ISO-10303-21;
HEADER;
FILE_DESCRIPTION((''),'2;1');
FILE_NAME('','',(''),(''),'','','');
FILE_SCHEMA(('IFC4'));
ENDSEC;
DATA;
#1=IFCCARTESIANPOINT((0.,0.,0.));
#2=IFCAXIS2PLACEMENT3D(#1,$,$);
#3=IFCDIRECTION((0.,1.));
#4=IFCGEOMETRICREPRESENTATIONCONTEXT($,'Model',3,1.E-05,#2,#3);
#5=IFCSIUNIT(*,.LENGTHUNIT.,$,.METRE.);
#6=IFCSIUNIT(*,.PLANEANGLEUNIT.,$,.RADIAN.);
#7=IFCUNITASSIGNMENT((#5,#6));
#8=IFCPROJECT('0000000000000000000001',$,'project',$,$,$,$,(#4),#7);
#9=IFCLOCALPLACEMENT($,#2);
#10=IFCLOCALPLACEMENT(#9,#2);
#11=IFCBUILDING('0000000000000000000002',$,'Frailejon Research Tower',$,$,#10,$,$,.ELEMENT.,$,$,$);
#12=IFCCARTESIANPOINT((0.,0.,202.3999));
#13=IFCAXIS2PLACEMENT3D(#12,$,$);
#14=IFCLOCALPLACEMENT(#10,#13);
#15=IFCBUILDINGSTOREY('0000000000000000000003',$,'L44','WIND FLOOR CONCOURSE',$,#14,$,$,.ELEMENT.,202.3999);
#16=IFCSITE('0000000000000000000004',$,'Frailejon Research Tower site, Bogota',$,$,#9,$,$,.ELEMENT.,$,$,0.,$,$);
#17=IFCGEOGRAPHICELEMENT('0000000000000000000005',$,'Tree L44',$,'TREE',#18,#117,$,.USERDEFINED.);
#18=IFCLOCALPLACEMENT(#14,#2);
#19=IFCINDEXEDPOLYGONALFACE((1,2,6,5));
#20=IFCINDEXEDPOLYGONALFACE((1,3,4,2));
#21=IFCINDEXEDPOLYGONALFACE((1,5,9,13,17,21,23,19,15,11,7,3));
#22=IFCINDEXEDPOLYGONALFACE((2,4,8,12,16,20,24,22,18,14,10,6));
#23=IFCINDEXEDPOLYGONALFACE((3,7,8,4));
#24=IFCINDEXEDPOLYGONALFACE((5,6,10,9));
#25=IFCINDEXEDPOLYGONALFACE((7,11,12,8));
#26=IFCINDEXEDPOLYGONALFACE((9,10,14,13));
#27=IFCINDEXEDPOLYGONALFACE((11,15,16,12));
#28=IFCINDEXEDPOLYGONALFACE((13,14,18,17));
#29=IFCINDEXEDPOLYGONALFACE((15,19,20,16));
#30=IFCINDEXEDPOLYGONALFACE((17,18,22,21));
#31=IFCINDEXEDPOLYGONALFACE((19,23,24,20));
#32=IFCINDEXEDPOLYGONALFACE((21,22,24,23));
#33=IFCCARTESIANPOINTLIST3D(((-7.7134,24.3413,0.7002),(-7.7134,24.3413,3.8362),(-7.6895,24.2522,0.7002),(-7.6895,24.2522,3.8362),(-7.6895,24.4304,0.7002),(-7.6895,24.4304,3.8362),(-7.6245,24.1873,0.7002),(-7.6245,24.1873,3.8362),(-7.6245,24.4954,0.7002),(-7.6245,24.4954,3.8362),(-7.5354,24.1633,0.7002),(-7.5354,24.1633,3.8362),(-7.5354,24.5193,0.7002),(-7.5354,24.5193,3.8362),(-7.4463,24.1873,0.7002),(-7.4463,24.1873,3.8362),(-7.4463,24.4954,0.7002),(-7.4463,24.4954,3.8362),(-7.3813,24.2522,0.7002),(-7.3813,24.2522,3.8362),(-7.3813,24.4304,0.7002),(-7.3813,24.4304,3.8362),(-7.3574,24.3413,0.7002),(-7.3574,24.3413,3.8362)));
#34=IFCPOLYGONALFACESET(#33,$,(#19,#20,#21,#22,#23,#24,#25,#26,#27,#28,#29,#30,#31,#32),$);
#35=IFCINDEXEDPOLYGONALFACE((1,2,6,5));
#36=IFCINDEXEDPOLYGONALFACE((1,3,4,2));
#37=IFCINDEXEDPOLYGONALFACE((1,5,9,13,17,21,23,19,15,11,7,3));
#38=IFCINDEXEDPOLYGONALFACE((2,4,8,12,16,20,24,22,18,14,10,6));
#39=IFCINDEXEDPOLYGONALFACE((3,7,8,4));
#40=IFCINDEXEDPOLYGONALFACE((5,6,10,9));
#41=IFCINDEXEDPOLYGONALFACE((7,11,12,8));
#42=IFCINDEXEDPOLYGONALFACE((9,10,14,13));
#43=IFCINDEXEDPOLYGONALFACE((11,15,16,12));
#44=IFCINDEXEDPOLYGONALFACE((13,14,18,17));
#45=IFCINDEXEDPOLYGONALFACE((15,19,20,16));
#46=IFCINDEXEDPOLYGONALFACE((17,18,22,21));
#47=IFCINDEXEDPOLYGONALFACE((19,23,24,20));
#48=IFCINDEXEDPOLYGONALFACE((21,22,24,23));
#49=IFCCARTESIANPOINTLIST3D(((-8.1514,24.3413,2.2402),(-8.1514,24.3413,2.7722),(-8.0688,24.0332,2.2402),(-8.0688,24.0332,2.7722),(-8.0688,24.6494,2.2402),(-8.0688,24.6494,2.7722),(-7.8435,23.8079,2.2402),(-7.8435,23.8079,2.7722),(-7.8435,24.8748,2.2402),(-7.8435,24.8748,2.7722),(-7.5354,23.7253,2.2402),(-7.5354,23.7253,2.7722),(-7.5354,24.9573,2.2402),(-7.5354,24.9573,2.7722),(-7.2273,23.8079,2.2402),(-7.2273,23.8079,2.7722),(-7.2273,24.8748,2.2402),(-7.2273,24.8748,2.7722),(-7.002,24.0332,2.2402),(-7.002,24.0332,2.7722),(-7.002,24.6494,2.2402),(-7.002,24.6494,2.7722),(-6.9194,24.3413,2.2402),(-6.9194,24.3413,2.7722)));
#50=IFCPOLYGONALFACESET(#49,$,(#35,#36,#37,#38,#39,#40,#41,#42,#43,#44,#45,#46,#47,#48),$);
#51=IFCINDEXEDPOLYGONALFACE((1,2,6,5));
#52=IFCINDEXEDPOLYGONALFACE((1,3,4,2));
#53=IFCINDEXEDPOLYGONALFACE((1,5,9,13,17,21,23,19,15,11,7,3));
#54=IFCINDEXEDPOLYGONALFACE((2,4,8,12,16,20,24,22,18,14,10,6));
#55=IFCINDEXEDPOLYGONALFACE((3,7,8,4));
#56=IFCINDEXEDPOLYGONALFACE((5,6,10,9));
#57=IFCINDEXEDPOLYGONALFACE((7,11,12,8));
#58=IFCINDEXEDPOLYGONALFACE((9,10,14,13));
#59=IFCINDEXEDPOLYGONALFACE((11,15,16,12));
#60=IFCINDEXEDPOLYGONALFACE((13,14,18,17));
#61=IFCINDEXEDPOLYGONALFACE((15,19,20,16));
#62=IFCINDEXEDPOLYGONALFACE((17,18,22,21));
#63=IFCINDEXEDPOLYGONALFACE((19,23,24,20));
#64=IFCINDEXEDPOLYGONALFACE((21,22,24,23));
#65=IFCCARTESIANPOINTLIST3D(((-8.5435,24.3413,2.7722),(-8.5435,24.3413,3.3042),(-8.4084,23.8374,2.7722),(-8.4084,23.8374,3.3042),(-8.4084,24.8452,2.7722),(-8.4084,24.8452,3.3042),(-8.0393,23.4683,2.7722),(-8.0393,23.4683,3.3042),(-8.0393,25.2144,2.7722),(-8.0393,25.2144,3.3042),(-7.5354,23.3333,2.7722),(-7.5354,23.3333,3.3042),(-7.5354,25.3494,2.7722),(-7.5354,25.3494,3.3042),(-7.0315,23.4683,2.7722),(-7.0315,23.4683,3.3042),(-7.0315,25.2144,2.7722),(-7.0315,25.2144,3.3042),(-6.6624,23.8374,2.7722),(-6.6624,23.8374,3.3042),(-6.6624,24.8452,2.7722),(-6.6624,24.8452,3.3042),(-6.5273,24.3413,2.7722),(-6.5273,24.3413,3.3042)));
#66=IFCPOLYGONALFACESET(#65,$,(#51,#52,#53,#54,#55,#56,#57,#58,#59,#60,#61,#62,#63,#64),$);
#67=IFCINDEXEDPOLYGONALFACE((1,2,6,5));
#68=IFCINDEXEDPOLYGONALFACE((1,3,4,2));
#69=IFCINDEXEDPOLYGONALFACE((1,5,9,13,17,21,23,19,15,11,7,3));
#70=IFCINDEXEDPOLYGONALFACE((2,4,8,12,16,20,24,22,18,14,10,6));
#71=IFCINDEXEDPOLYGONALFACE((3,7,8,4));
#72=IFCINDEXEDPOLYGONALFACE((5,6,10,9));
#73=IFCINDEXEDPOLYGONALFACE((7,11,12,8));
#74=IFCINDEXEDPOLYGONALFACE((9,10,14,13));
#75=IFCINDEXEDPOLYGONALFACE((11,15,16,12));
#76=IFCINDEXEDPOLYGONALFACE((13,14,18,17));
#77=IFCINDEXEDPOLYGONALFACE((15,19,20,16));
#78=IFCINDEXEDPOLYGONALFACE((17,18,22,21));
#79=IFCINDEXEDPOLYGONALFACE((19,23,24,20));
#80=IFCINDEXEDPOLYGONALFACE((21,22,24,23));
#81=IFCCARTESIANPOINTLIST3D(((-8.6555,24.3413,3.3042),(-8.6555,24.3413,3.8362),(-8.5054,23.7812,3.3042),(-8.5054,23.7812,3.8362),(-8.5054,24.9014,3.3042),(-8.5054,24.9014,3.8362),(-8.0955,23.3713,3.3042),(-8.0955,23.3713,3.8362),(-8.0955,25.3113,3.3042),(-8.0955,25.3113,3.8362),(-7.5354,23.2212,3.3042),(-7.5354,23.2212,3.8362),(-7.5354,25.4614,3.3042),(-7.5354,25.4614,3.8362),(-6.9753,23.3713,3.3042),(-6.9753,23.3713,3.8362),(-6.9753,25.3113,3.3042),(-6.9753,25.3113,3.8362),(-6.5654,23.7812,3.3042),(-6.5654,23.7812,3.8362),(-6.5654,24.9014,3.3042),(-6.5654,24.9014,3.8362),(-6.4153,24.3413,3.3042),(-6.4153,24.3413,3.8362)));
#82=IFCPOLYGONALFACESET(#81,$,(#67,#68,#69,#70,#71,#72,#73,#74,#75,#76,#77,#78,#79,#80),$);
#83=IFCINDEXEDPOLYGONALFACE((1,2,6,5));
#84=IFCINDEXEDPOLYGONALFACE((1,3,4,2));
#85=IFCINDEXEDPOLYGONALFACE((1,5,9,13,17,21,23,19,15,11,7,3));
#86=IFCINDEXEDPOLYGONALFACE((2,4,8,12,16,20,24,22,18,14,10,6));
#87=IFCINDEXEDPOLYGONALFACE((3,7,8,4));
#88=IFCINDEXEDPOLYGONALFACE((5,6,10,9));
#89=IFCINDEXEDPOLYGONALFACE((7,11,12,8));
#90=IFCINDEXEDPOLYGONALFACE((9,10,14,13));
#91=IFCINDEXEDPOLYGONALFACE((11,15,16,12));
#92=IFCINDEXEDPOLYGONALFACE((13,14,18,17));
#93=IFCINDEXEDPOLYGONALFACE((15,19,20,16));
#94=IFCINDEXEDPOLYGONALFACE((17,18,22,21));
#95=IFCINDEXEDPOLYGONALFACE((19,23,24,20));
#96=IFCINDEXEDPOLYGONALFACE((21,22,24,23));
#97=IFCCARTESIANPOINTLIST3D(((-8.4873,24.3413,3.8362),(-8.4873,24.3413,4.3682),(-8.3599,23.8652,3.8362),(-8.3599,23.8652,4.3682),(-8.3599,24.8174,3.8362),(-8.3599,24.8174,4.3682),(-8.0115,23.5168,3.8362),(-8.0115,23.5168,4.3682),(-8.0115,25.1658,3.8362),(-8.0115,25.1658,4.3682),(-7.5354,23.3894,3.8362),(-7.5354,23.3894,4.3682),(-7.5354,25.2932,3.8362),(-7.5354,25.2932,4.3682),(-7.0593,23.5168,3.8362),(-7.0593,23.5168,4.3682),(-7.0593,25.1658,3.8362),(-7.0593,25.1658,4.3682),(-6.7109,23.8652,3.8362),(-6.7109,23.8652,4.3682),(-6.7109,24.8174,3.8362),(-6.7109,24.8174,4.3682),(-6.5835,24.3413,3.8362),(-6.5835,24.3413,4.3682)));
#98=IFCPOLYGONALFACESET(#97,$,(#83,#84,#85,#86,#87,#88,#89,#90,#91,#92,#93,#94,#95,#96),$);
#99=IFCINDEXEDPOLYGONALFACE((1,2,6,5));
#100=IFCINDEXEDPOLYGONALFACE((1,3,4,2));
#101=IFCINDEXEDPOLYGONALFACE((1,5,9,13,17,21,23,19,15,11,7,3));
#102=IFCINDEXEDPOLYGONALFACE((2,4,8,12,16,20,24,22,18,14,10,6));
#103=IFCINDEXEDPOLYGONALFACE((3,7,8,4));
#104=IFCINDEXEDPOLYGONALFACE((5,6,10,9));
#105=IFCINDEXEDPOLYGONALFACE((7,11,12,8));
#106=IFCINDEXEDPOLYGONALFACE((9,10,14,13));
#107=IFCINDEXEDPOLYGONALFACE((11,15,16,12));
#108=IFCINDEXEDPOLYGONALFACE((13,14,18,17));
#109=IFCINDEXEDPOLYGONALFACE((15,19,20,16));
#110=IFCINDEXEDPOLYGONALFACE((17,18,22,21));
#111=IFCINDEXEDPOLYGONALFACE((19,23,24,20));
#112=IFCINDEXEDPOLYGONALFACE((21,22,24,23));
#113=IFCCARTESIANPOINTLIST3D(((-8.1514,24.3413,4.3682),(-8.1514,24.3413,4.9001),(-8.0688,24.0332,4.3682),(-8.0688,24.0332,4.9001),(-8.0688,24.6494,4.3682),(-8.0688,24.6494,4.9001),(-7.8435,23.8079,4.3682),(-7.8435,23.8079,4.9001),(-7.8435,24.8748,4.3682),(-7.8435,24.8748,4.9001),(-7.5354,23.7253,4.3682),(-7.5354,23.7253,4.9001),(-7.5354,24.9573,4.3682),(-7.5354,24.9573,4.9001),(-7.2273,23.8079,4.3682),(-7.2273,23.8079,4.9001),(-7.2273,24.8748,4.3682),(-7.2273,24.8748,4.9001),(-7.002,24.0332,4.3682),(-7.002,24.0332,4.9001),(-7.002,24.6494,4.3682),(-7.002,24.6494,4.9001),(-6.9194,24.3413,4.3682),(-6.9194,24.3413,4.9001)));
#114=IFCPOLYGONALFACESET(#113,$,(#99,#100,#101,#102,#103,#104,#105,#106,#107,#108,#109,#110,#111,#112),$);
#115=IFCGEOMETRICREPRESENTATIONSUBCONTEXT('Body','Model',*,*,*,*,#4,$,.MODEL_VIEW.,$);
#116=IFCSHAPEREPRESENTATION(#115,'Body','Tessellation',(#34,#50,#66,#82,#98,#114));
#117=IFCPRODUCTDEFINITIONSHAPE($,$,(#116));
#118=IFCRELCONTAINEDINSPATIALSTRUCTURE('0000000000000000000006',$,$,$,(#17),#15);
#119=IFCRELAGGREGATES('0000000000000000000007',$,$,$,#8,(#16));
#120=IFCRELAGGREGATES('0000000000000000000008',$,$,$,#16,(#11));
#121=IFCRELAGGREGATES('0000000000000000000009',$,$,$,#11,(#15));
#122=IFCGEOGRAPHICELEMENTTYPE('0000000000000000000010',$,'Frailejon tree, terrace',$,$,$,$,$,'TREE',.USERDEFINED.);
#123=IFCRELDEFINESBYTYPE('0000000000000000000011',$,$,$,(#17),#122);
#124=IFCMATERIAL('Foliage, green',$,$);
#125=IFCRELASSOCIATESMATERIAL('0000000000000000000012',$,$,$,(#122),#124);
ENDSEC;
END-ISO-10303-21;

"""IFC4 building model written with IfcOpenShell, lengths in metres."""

from ifc_helpers import new_model, si_unit, direction, frame, origin, place, context, subcontext, project, spatial, polyline, outline, extrude, material, type_object, element, save


model = new_model("IFC4")

# Units and contexts
model_context = context("Model", 3, precision=1e-05, world=origin(), true_north=direction((0.0, 1.0)))
body_context = subcontext(model_context, "Body", "Model", "MODEL_VIEW")
ifc_project = project(units=[si_unit("LENGTHUNIT", "METRE"), si_unit("PLANEANGLEUNIT", "RADIAN")], contexts=[model_context])

# Site, building, storey
site_placement = place(None, origin())
site = spatial("IfcSite", under=ifc_project, at=site_placement, Name="Frailejon Research Tower site, Bogota", CompositionType="ELEMENT", RefElevation=0.0)
building_placement = place(site_placement, origin())
building = spatial("IfcBuilding", under=site, at=building_placement, Name="Frailejon Research Tower", CompositionType="ELEMENT")
storey_placement = place(building_placement, frame((0.0, 0.0, 202.3999)))
storey = spatial("IfcBuildingStorey", under=building, at=storey_placement, Name="L44", Description="WIND FLOOR CONCOURSE", CompositionType="ELEMENT", Elevation=202.3999)

# Geographic element
ifc_material_1 = material(Name="Foliage, green")
geographic_element_type = type_object("IfcGeographicElementType", Name="Frailejon tree, terrace", ElementType="TREE", PredefinedType="USERDEFINED", material=ifc_material_1)
geographic_element_placement = place(storey_placement, frame((-7.5354, 24.3413, 0.7002)))
element("IfcGeographicElement", 1, at=geographic_element_placement, inside=storey, type_object=geographic_element_type, Name="Tree L44", ObjectType="TREE", PredefinedType="USERDEFINED", context=body_context, shape_type="SweptSolid", body=[
    extrude(outline(polyline([(0.178, 0.0), (0.1541, 0.0891), (0.0891, 0.1541), (0.0, 0.178), (-0.0891, 0.1541), (-0.1541, 0.0891), (-0.178, 0.0), (-0.1541, -0.0891), (-0.0891, -0.1541), (0.0, -0.178), (0.0891, -0.1541), (0.1541, -0.0891), (0.178, 0.0)])), origin(), (0.0, 0.0, 1.0), 3.136),
    extrude(outline(polyline([(0.616, 0.0), (0.5334, 0.3081), (0.3081, 0.5334), (0.0, 0.616), (-0.3081, 0.5334), (-0.5334, 0.3081), (-0.616, 0.0), (-0.5334, -0.3081), (-0.3081, -0.5334), (0.0, -0.616), (0.3081, -0.5334), (0.5334, -0.3081), (0.616, 0.0)])), frame((0.0, 0.0, 1.54)), (0.0, 0.0, 1.0), 0.532),
    extrude(outline(polyline([(1.0081, 0.0), (0.873, 0.5039), (0.5039, 0.873), (0.0, 1.0081), (-0.5039, 0.873), (-0.873, 0.5039), (-1.0081, 0.0), (-0.873, -0.5039), (-0.5039, -0.873), (0.0, -1.0081), (0.5039, -0.873), (0.873, -0.5039), (1.0081, 0.0)])), frame((0.0, 0.0, 2.072)), (0.0, 0.0, 1.0), 0.532),
    extrude(outline(polyline([(1.1201, 0.0), (0.97, 0.5601), (0.5601, 0.97), (0.0, 1.1201), (-0.5601, 0.97), (-0.97, 0.5601), (-1.1201, 0.0), (-0.97, -0.5601), (-0.5601, -0.97), (0.0, -1.1201), (0.5601, -0.97), (0.97, -0.5601), (1.1201, 0.0)])), frame((0.0, 0.0, 2.604)), (0.0, 0.0, 1.0), 0.532),
    extrude(outline(polyline([(0.9519, 0.0), (0.8245, 0.4761), (0.4761, 0.8245), (0.0, 0.9519), (-0.4761, 0.8245), (-0.8245, 0.4761), (-0.9519, 0.0), (-0.8245, -0.4761), (-0.4761, -0.8245), (0.0, -0.9519), (0.4761, -0.8245), (0.8245, -0.4761), (0.9519, 0.0)])), frame((0.0, 0.0, 3.136)), (0.0, 0.0, 1.0), 0.532),
    extrude(outline(polyline([(0.616, 0.0), (0.5334, 0.3081), (0.3081, 0.5334), (0.0, 0.616), (-0.3081, 0.5334), (-0.5334, 0.3081), (-0.616, 0.0), (-0.5334, -0.3081), (-0.3081, -0.5334), (0.0, -0.616), (0.3081, -0.5334), (0.5334, -0.3081), (0.616, 0.0)])), frame((0.0, 0.0, 3.668)), (0.0, 0.0, 1.0), 0.532),
])

save(model, "model.ifc")
